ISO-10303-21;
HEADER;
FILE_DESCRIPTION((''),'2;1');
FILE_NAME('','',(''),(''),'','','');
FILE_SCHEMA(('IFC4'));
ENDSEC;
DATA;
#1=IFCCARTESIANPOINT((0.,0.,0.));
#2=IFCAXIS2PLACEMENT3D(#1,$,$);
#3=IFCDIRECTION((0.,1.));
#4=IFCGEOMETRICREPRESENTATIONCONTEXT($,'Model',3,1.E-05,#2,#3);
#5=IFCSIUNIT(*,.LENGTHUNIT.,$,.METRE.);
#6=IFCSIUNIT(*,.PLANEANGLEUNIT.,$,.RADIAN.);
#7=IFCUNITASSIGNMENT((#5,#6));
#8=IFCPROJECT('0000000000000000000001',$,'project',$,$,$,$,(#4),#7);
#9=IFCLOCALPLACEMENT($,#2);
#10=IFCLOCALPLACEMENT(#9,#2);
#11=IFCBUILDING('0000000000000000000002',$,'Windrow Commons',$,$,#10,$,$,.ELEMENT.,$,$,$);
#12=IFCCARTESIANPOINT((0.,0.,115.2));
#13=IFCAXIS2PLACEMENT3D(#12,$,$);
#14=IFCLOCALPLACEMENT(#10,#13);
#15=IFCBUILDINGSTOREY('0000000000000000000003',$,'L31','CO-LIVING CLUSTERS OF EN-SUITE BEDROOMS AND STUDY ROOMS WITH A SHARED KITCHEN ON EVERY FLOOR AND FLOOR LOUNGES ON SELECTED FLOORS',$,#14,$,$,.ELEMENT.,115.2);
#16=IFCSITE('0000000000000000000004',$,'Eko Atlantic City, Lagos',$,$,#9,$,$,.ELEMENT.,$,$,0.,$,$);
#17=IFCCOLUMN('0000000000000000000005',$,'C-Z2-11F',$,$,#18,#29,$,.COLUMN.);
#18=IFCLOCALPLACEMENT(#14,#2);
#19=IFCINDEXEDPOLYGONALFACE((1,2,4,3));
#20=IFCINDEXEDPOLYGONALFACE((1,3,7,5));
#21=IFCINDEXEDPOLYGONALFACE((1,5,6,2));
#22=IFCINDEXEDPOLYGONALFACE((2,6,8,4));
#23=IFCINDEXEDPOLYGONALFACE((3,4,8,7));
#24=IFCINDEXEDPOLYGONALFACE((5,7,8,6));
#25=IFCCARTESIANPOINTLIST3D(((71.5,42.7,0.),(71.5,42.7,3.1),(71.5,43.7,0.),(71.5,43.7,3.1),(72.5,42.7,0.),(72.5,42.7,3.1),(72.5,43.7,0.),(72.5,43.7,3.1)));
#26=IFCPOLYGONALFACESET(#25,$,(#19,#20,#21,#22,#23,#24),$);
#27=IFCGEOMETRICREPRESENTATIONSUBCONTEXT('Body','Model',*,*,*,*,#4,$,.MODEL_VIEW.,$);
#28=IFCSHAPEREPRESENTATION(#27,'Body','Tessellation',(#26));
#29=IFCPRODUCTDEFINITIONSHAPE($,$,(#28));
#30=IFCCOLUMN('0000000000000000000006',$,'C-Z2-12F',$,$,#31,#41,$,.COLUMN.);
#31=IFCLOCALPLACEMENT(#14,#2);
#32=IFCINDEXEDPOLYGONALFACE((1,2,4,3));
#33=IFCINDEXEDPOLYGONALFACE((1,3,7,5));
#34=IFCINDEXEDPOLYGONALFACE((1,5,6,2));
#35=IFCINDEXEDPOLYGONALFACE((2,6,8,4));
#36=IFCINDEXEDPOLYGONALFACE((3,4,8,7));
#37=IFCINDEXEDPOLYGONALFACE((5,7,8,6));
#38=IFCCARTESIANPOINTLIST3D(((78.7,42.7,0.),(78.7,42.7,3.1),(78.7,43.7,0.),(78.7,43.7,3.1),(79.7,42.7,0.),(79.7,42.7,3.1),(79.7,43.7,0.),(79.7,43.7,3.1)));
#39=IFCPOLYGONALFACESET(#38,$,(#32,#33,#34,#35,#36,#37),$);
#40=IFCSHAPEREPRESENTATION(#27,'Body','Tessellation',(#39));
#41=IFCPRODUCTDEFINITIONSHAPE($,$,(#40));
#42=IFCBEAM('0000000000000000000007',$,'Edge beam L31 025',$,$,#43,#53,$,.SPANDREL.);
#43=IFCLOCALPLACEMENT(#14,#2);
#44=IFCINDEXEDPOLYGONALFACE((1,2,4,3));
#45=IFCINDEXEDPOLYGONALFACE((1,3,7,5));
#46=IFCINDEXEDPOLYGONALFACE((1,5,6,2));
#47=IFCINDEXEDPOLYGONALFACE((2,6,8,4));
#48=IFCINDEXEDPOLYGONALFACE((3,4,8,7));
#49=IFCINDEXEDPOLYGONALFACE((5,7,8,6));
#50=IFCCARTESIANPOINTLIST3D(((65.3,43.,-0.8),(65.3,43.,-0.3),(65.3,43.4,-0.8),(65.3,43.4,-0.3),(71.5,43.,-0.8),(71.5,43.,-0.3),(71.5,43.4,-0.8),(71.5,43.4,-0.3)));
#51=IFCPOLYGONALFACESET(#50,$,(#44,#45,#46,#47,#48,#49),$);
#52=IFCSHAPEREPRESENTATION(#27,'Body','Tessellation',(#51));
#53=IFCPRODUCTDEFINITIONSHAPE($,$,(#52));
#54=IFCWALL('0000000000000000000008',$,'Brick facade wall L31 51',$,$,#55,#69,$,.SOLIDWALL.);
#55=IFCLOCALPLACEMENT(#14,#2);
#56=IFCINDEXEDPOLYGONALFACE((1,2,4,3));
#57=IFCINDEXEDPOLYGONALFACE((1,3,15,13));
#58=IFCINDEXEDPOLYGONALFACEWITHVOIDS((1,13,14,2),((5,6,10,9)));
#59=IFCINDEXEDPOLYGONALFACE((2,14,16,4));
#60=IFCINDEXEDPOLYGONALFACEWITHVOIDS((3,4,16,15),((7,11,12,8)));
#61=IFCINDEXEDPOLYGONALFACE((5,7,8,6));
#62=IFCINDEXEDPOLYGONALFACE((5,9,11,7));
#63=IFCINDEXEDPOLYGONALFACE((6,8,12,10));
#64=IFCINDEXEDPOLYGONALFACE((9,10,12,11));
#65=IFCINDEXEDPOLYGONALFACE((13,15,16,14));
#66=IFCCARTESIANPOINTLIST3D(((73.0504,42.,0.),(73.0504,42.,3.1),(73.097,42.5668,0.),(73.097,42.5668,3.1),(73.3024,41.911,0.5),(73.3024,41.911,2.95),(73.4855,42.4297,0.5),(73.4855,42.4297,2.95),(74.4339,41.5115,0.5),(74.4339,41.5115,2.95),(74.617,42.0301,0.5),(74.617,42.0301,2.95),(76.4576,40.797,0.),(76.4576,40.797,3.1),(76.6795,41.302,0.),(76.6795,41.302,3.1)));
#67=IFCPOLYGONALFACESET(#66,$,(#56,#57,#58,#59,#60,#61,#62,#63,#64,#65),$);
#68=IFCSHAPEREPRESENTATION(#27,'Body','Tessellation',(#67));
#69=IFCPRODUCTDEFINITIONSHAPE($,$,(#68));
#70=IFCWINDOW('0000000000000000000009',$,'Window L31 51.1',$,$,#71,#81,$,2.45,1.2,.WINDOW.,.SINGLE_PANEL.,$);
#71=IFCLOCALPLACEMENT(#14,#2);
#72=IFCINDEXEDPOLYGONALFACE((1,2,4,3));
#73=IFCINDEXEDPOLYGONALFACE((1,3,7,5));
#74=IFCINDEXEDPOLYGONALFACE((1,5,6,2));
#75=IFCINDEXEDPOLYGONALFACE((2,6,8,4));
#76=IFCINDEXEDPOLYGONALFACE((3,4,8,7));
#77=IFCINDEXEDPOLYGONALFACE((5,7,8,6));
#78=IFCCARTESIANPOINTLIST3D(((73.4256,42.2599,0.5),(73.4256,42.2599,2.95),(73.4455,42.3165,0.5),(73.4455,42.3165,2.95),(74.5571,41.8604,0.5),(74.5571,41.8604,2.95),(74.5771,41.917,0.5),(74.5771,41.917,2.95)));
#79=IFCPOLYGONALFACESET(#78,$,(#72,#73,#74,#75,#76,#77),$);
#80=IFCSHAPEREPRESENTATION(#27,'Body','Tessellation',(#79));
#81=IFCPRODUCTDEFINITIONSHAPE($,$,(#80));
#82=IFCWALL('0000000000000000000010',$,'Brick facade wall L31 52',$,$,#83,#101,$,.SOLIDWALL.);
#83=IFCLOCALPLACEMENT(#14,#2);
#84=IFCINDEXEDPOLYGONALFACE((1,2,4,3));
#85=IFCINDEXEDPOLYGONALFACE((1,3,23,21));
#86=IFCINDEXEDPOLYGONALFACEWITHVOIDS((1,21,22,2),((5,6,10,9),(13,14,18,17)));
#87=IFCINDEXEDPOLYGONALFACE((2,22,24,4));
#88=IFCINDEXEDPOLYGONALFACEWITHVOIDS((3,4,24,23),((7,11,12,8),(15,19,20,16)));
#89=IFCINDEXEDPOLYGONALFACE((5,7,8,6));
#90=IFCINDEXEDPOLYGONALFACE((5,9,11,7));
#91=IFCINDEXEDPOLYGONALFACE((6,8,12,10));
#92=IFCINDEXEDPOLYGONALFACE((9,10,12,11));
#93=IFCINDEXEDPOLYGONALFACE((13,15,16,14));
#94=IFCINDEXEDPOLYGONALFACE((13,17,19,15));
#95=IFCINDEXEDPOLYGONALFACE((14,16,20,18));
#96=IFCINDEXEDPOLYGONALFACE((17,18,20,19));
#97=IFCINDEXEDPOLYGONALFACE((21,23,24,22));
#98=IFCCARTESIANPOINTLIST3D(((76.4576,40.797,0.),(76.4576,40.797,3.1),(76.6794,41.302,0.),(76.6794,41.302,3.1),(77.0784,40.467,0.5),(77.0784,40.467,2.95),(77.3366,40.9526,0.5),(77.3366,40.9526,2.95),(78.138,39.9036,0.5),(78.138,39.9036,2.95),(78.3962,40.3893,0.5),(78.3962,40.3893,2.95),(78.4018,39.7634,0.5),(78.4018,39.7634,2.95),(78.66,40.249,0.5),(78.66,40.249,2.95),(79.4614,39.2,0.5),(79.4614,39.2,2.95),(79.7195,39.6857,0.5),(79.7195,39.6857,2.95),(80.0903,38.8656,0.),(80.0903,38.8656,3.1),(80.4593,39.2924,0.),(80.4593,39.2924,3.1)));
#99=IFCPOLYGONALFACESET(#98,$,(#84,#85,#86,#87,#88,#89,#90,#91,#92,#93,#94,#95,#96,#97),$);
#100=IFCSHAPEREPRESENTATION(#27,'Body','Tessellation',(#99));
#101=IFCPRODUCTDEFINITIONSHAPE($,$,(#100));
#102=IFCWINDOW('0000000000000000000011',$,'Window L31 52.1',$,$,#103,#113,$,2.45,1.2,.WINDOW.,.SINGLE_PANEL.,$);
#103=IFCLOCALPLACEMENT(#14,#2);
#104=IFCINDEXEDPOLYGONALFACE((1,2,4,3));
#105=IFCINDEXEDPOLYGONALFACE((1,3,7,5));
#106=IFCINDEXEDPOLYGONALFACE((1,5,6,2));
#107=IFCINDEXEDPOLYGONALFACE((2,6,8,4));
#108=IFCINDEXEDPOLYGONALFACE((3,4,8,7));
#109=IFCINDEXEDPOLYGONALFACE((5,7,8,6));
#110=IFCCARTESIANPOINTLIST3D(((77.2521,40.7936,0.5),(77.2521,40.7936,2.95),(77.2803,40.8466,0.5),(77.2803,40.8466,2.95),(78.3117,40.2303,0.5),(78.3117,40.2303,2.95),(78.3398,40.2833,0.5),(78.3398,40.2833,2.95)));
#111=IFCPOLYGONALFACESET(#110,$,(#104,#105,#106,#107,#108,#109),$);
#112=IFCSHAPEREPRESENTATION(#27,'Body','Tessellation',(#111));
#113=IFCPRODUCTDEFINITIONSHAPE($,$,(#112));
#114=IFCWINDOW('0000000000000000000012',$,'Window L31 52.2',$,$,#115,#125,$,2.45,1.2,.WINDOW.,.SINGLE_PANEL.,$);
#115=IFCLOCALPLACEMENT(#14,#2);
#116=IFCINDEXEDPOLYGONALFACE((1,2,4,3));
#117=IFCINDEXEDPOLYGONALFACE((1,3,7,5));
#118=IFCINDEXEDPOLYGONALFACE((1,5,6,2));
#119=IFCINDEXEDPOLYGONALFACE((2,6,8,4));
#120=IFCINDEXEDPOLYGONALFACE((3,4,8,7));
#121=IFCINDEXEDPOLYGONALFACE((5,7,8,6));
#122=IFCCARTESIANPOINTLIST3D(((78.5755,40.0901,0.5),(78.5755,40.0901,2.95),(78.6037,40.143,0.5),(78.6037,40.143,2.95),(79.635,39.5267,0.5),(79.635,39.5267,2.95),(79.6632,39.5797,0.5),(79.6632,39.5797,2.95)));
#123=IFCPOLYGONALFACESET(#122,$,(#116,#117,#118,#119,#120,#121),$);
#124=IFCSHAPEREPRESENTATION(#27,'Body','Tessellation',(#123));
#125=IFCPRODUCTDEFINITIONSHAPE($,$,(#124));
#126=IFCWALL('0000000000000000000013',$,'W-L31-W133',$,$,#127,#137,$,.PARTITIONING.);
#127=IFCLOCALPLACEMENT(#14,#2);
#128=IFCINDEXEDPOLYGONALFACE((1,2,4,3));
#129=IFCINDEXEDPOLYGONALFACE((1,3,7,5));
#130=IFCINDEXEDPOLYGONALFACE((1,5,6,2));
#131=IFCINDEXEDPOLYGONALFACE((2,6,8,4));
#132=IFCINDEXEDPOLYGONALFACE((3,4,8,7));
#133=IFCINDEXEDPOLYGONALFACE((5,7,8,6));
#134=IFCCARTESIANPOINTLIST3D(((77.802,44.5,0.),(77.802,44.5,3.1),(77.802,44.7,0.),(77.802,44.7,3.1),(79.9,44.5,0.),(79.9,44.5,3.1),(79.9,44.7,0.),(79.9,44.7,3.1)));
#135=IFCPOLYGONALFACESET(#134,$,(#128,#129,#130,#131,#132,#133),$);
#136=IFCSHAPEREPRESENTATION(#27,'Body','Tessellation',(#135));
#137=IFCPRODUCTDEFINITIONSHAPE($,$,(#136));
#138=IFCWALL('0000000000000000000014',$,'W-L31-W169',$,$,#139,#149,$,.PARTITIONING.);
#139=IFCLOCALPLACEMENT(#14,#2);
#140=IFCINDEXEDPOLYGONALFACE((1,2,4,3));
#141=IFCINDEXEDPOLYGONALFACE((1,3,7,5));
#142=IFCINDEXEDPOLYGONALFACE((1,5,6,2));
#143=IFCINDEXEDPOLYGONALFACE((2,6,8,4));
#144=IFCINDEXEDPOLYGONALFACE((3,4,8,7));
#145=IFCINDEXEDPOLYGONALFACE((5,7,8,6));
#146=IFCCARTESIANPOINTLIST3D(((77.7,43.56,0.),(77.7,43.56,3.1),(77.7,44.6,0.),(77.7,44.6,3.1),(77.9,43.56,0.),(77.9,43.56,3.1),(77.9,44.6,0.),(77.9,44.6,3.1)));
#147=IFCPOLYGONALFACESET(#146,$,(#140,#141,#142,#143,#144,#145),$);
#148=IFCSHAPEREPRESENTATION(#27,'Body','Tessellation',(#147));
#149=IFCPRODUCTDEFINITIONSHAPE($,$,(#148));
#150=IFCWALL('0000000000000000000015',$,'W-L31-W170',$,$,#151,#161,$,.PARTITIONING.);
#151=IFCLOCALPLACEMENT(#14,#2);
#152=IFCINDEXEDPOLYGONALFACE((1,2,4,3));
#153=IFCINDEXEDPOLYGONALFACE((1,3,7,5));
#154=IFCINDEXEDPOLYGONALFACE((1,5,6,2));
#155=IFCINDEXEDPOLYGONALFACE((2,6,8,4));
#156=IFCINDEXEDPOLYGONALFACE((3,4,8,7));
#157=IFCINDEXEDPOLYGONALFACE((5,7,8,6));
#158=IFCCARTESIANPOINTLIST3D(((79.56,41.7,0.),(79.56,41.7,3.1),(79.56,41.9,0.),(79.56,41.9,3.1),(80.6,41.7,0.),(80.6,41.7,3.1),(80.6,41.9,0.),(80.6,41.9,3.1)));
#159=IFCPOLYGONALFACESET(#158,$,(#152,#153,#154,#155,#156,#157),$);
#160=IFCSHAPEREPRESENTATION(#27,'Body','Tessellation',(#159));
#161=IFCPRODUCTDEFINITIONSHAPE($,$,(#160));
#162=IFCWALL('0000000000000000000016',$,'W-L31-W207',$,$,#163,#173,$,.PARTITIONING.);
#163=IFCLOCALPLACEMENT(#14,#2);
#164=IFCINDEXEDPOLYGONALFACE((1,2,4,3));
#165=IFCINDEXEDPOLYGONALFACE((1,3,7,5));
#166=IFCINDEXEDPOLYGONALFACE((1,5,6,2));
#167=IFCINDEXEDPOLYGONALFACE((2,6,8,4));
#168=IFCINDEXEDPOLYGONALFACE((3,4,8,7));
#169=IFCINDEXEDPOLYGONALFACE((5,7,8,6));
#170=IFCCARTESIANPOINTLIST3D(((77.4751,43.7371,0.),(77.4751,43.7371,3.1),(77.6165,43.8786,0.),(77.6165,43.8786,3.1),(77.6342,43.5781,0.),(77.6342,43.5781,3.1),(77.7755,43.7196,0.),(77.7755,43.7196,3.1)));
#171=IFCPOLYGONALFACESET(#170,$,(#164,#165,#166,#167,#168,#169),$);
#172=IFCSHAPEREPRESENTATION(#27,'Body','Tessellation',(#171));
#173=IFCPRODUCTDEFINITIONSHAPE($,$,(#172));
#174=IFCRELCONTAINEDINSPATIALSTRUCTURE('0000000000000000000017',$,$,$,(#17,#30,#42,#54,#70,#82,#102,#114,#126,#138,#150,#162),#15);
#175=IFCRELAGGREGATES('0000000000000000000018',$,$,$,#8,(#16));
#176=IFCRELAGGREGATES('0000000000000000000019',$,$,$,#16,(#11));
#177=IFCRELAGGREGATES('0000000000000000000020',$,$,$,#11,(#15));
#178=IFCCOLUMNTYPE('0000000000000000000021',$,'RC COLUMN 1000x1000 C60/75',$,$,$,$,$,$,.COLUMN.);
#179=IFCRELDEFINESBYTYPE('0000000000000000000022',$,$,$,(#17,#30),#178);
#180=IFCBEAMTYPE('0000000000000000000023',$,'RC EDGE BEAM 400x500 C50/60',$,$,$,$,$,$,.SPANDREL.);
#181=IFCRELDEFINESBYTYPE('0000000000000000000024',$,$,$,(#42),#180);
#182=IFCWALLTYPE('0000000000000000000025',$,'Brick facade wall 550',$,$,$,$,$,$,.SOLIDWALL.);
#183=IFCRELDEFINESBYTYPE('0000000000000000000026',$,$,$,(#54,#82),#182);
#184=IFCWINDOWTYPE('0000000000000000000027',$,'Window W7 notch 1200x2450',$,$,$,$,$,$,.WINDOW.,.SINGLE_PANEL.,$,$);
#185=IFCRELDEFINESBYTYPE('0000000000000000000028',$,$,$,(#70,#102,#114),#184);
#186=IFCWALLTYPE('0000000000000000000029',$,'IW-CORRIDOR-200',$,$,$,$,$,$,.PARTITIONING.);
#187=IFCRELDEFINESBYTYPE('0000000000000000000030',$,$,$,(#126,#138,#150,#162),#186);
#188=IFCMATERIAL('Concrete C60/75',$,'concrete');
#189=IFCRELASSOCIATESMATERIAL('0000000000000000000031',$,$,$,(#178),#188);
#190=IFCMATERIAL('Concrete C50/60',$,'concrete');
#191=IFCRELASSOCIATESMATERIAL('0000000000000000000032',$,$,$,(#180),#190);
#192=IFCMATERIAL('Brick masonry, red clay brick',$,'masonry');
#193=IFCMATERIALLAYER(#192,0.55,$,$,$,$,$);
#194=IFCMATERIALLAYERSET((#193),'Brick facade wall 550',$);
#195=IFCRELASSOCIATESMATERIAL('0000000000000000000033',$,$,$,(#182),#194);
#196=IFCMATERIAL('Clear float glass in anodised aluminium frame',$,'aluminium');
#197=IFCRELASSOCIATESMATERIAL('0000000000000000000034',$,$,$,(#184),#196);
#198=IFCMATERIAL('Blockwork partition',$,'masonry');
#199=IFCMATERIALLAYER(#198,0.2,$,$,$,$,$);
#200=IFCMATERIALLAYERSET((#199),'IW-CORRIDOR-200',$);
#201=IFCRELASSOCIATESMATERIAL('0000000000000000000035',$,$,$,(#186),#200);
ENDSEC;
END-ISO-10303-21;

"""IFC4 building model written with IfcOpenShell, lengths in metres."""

from ifc_helpers import new_model, si_unit, direction, frame, frame_2d, origin, origin_2d, place, context, subcontext, project, spatial, polyline, rectangle, outline, extrude, material, layer, layer_set, material_profile, profile_set, type_object, element, fill, save


model = new_model("IFC4")

# Units and contexts
model_context = context("Model", 3, precision=1e-05, world=origin(), true_north=direction((0.0, 1.0)))
body_context = subcontext(model_context, "Body", "Model", "MODEL_VIEW")
ifc_project = project(units=[si_unit("LENGTHUNIT", "METRE"), si_unit("PLANEANGLEUNIT", "RADIAN")], contexts=[model_context])

# Site, building, storey
site_placement = place(None, origin())
site = spatial("IfcSite", under=ifc_project, at=site_placement, Name="Eko Atlantic City, Lagos", CompositionType="ELEMENT", RefElevation=0.0)
building_placement = place(site_placement, origin())
building = spatial("IfcBuilding", under=site, at=building_placement, Name="Windrow Commons", CompositionType="ELEMENT")
storey_placement = place(building_placement, frame((0.0, 0.0, 115.2)))
storey = spatial("IfcBuildingStorey", under=building, at=storey_placement, Name="L31", Description="CO-LIVING CLUSTERS OF EN-SUITE BEDROOMS AND STUDY ROOMS WITH A SHARED KITCHEN ON EVERY FLOOR AND FLOOR LOUNGES ON SELECTED FLOORS", CompositionType="ELEMENT", Elevation=115.2)

# Columns
ifc_material_1 = material(Name="Concrete C60/75", Category="concrete")
ifc_material_profile_1 = material_profile(ifc_material_1, rectangle(XDim=1.0, YDim=1.0, at=origin_2d()))
ifc_profile_set_1 = profile_set([ifc_material_profile_1], Name="Concrete C60/75")
column_type = type_object("IfcColumnType", Name="RC COLUMN 1000x1000 C60/75", PredefinedType="COLUMN", material=ifc_profile_set_1)
for number, where, z_axis, x_axis, name in (
    (1, (72.0, 43.2, 0.0), (0.0, 0.0, 1.0), (1.0, 0.0, 0.0), "C-Z2-11F"),
    (2, (79.2, 43.2, 0.0), (0.0, 0.0, 1.0), (1.0, 0.0, 0.0), "C-Z2-12F"),
):
    element("IfcColumn", number, at=place(storey_placement, frame(where, z_axis=z_axis, x_axis=x_axis)), inside=storey, type_object=column_type, Name=name, PredefinedType="COLUMN", context=body_context, shape_type="SweptSolid", body=[
        extrude(rectangle(XDim=1.0, YDim=1.0, at=origin_2d()), origin(), (0.0, 0.0, 1.0), 3.1),
    ])

# Beam
ifc_material_2 = material(Name="Concrete C50/60", Category="concrete")
ifc_material_profile_2 = material_profile(ifc_material_2, rectangle(XDim=0.4, YDim=0.5, at=origin_2d()))
ifc_profile_set_2 = profile_set([ifc_material_profile_2], Name="Concrete C50/60")
beam_type = type_object("IfcBeamType", Name="RC EDGE BEAM 400x500 C50/60", PredefinedType="SPANDREL", material=ifc_profile_set_2)
beam_placement = place(storey_placement, frame((71.5, 43.2, -0.55), z_axis=(-1.0, 0.0, 0.0), x_axis=(0.0, -1.0, 0.0)))
element("IfcBeam", 3, at=beam_placement, inside=storey, type_object=beam_type, Name="Edge beam L31 025", PredefinedType="SPANDREL", context=body_context, shape_type="SweptSolid", body=[
    extrude(rectangle(XDim=0.4, YDim=0.5, at=origin_2d()), origin(), (0.0, 0.0, 1.0), 6.2),
])

# Wall, opening, window
ifc_material_3 = material(Name="Brick masonry, red clay brick", Category="masonry")
ifc_layer_1 = layer(ifc_material_3, 0.55)
ifc_layer_set_1 = layer_set([ifc_layer_1], Name="Brick facade wall 550")
wall_type_1 = type_object("IfcWallType", Name="Brick facade wall 550", PredefinedType="SOLIDWALL", material=ifc_layer_set_1)
wall_1_placement = place(storey_placement, frame((73.0737, 42.2834, 0.0), z_axis=(0.0, 0.0, 1.0), x_axis=(0.942953, -0.332926, 0.0)))
wall_1 = element("IfcWall", 4, at=wall_1_placement, inside=storey, type_object=wall_type_1, Name="Brick facade wall L31 51", PredefinedType="SOLIDWALL", context=body_context, shape_type="SweptSolid", body=[
    extrude(outline(polyline([(0.0724, -0.275), (3.6857, -0.275), (3.7268, 0.275), (-0.0724, 0.275), (0.0724, -0.275)])), origin(), (0.0, 0.0, 1.0), 3.1),
])
opening_1_placement = place(wall_1_placement, frame((0.3396, 0.0, 0.5)))
opening_1 = element("IfcOpeningElement", 5, at=opening_1_placement, cuts=wall_1, PredefinedType="OPENING", context=body_context, shape_type="SweptSolid", body=[
    extrude(rectangle(XDim=1.2, YDim=2.45, at=frame_2d((0.6, 1.225))), frame((0.0, 0.285, 0.0), z_axis=(0.0, -1.0, 0.0), x_axis=(1.0, 0.0, 0.0)), (0.0, 0.0, 1.0), 0.57),
])
ifc_material_4 = material(Name="Clear float glass in anodised aluminium frame", Category="aluminium")
window_type = type_object("IfcWindowType", Name="Window W7 notch 1200x2450", PartitioningType="SINGLE_PANEL", PredefinedType="WINDOW", material=ifc_material_4)
window_1_placement = place(opening_1_placement, origin())
window_1 = element("IfcWindow", 6, at=window_1_placement, inside=storey, type_object=window_type, Name="Window L31 51.1", OverallHeight=2.45, OverallWidth=1.2, PartitioningType="SINGLE_PANEL", PredefinedType="WINDOW", context=body_context, shape_type="SweptSolid", body=[
    extrude(rectangle(XDim=1.2, YDim=2.45, at=frame_2d((0.6, 1.225))), frame((0.0, 0.155, 0.0), z_axis=(0.0, -1.0, 0.0), x_axis=(1.0, 0.0, 0.0)), (0.0, 0.0, 1.0), 0.06),
])
fill(opening_1, window_1)

# Wall, openings, windows
wall_2_placement = place(storey_placement, frame((76.5685, 41.0495, 0.0), z_axis=(0.0, 0.0, 1.0), x_axis=(0.882965, -0.469439, 0.0)))
wall_2 = element("IfcWall", 7, at=wall_2_placement, inside=storey, type_object=wall_type_1, Name="Brick facade wall L31 52", PredefinedType="SOLIDWALL", context=body_context, shape_type="SweptSolid", body=[
    extrude(outline(polyline([(0.0206, -0.275), (4.1348, -0.275), (4.2603, 0.275), (-0.0206, 0.275), (0.0206, -0.275)])), origin(), (0.0, 0.0, 1.0), 3.1),
])
opening_2_placement = place(wall_2_placement, frame((0.7237, 0.0, 0.5)))
opening_2 = element("IfcOpeningElement", 8, at=opening_2_placement, cuts=wall_2, PredefinedType="OPENING", context=body_context, shape_type="SweptSolid", body=[
    extrude(rectangle(XDim=1.2, YDim=2.45, at=frame_2d((0.6, 1.225))), frame((0.0, 0.285, 0.0), z_axis=(0.0, -1.0, 0.0), x_axis=(1.0, 0.0, 0.0)), (0.0, 0.0, 1.0), 0.57),
])
opening_3_placement = place(wall_2_placement, frame((2.2225, 0.0, 0.5)))
opening_3 = element("IfcOpeningElement", 9, at=opening_3_placement, cuts=wall_2, PredefinedType="OPENING", context=body_context, shape_type="SweptSolid", body=[
    extrude(rectangle(XDim=1.2, YDim=2.45, at=frame_2d((0.6, 1.225))), frame((0.0, 0.285, 0.0), z_axis=(0.0, -1.0, 0.0), x_axis=(1.0, 0.0, 0.0)), (0.0, 0.0, 1.0), 0.57),
])
window_2_placement = place(opening_2_placement, origin())
window_2 = element("IfcWindow", 10, at=window_2_placement, inside=storey, type_object=window_type, Name="Window L31 52.1", OverallHeight=2.45, OverallWidth=1.2, PartitioningType="SINGLE_PANEL", PredefinedType="WINDOW", context=body_context, shape_type="SweptSolid", body=[
    extrude(rectangle(XDim=1.2, YDim=2.45, at=frame_2d((0.6, 1.225))), frame((0.0, 0.155, 0.0), z_axis=(0.0, -1.0, 0.0), x_axis=(1.0, 0.0, 0.0)), (0.0, 0.0, 1.0), 0.06),
])
fill(opening_2, window_2)
window_3_placement = place(opening_3_placement, origin())
window_3 = element("IfcWindow", 11, at=window_3_placement, inside=storey, type_object=window_type, Name="Window L31 52.2", OverallHeight=2.45, OverallWidth=1.2, PartitioningType="SINGLE_PANEL", PredefinedType="WINDOW", context=body_context, shape_type="SweptSolid", body=[
    extrude(rectangle(XDim=1.2, YDim=2.45, at=frame_2d((0.6, 1.225))), frame((0.0, 0.155, 0.0), z_axis=(0.0, -1.0, 0.0), x_axis=(1.0, 0.0, 0.0)), (0.0, 0.0, 1.0), 0.06),
])
fill(opening_3, window_3)

# Walls
ifc_material_5 = material(Name="Blockwork partition", Category="masonry")
ifc_layer_2 = layer(ifc_material_5, 0.2)
ifc_layer_set_2 = layer_set([ifc_layer_2], Name="IW-CORRIDOR-200")
wall_type_2 = type_object("IfcWallType", Name="IW-CORRIDOR-200", PredefinedType="PARTITIONING", material=ifc_layer_set_2)
wall_3_placement = place(storey_placement, frame((77.802, 44.6, 0.0), z_axis=(0.0, 0.0, 1.0), x_axis=(1.0, 0.0, 0.0)))
element("IfcWall", 12, at=wall_3_placement, inside=storey, type_object=wall_type_2, Name="W-L31-W133", PredefinedType="PARTITIONING", context=body_context, shape_type="SweptSolid", body=[
    extrude(rectangle(XDim=2.098, YDim=0.2, at=frame_2d((1.049, 0.0))), origin(), (0.0, 0.0, 1.0), 3.1),
])
for number, where, z_axis, x_axis, name in (
    (13, (77.8, 43.56, 0.0), (0.0, 0.0, 1.0), (0.0, 1.0, 0.0), "W-L31-W169"),
    (14, (79.56, 41.8, 0.0), (0.0, 0.0, 1.0), (1.0, 0.0, 0.0), "W-L31-W170"),
):
    element("IfcWall", number, at=place(storey_placement, frame(where, z_axis=z_axis, x_axis=x_axis)), inside=storey, type_object=wall_type_2, Name=name, PredefinedType="PARTITIONING", context=body_context, shape_type="SweptSolid", body=[
        extrude(rectangle(XDim=1.04, YDim=0.2, at=frame_2d((0.52, 0.0))), origin(), (0.0, 0.0, 1.0), 3.1),
    ])
wall_4_placement = place(storey_placement, frame((77.5458, 43.8078, 0.0), z_axis=(0.0, 0.0, 1.0), x_axis=(0.707329, -0.706884, 0.0)))
element("IfcWall", 15, at=wall_4_placement, inside=storey, type_object=wall_type_2, Name="W-L31-W207", PredefinedType="PARTITIONING", context=body_context, shape_type="SweptSolid", body=[
    extrude(rectangle(XDim=0.2249, YDim=0.2, at=frame_2d((0.1124, 0.0))), origin(), (0.0, 0.0, 1.0), 3.1),
])

save(model, "model.ifc")
